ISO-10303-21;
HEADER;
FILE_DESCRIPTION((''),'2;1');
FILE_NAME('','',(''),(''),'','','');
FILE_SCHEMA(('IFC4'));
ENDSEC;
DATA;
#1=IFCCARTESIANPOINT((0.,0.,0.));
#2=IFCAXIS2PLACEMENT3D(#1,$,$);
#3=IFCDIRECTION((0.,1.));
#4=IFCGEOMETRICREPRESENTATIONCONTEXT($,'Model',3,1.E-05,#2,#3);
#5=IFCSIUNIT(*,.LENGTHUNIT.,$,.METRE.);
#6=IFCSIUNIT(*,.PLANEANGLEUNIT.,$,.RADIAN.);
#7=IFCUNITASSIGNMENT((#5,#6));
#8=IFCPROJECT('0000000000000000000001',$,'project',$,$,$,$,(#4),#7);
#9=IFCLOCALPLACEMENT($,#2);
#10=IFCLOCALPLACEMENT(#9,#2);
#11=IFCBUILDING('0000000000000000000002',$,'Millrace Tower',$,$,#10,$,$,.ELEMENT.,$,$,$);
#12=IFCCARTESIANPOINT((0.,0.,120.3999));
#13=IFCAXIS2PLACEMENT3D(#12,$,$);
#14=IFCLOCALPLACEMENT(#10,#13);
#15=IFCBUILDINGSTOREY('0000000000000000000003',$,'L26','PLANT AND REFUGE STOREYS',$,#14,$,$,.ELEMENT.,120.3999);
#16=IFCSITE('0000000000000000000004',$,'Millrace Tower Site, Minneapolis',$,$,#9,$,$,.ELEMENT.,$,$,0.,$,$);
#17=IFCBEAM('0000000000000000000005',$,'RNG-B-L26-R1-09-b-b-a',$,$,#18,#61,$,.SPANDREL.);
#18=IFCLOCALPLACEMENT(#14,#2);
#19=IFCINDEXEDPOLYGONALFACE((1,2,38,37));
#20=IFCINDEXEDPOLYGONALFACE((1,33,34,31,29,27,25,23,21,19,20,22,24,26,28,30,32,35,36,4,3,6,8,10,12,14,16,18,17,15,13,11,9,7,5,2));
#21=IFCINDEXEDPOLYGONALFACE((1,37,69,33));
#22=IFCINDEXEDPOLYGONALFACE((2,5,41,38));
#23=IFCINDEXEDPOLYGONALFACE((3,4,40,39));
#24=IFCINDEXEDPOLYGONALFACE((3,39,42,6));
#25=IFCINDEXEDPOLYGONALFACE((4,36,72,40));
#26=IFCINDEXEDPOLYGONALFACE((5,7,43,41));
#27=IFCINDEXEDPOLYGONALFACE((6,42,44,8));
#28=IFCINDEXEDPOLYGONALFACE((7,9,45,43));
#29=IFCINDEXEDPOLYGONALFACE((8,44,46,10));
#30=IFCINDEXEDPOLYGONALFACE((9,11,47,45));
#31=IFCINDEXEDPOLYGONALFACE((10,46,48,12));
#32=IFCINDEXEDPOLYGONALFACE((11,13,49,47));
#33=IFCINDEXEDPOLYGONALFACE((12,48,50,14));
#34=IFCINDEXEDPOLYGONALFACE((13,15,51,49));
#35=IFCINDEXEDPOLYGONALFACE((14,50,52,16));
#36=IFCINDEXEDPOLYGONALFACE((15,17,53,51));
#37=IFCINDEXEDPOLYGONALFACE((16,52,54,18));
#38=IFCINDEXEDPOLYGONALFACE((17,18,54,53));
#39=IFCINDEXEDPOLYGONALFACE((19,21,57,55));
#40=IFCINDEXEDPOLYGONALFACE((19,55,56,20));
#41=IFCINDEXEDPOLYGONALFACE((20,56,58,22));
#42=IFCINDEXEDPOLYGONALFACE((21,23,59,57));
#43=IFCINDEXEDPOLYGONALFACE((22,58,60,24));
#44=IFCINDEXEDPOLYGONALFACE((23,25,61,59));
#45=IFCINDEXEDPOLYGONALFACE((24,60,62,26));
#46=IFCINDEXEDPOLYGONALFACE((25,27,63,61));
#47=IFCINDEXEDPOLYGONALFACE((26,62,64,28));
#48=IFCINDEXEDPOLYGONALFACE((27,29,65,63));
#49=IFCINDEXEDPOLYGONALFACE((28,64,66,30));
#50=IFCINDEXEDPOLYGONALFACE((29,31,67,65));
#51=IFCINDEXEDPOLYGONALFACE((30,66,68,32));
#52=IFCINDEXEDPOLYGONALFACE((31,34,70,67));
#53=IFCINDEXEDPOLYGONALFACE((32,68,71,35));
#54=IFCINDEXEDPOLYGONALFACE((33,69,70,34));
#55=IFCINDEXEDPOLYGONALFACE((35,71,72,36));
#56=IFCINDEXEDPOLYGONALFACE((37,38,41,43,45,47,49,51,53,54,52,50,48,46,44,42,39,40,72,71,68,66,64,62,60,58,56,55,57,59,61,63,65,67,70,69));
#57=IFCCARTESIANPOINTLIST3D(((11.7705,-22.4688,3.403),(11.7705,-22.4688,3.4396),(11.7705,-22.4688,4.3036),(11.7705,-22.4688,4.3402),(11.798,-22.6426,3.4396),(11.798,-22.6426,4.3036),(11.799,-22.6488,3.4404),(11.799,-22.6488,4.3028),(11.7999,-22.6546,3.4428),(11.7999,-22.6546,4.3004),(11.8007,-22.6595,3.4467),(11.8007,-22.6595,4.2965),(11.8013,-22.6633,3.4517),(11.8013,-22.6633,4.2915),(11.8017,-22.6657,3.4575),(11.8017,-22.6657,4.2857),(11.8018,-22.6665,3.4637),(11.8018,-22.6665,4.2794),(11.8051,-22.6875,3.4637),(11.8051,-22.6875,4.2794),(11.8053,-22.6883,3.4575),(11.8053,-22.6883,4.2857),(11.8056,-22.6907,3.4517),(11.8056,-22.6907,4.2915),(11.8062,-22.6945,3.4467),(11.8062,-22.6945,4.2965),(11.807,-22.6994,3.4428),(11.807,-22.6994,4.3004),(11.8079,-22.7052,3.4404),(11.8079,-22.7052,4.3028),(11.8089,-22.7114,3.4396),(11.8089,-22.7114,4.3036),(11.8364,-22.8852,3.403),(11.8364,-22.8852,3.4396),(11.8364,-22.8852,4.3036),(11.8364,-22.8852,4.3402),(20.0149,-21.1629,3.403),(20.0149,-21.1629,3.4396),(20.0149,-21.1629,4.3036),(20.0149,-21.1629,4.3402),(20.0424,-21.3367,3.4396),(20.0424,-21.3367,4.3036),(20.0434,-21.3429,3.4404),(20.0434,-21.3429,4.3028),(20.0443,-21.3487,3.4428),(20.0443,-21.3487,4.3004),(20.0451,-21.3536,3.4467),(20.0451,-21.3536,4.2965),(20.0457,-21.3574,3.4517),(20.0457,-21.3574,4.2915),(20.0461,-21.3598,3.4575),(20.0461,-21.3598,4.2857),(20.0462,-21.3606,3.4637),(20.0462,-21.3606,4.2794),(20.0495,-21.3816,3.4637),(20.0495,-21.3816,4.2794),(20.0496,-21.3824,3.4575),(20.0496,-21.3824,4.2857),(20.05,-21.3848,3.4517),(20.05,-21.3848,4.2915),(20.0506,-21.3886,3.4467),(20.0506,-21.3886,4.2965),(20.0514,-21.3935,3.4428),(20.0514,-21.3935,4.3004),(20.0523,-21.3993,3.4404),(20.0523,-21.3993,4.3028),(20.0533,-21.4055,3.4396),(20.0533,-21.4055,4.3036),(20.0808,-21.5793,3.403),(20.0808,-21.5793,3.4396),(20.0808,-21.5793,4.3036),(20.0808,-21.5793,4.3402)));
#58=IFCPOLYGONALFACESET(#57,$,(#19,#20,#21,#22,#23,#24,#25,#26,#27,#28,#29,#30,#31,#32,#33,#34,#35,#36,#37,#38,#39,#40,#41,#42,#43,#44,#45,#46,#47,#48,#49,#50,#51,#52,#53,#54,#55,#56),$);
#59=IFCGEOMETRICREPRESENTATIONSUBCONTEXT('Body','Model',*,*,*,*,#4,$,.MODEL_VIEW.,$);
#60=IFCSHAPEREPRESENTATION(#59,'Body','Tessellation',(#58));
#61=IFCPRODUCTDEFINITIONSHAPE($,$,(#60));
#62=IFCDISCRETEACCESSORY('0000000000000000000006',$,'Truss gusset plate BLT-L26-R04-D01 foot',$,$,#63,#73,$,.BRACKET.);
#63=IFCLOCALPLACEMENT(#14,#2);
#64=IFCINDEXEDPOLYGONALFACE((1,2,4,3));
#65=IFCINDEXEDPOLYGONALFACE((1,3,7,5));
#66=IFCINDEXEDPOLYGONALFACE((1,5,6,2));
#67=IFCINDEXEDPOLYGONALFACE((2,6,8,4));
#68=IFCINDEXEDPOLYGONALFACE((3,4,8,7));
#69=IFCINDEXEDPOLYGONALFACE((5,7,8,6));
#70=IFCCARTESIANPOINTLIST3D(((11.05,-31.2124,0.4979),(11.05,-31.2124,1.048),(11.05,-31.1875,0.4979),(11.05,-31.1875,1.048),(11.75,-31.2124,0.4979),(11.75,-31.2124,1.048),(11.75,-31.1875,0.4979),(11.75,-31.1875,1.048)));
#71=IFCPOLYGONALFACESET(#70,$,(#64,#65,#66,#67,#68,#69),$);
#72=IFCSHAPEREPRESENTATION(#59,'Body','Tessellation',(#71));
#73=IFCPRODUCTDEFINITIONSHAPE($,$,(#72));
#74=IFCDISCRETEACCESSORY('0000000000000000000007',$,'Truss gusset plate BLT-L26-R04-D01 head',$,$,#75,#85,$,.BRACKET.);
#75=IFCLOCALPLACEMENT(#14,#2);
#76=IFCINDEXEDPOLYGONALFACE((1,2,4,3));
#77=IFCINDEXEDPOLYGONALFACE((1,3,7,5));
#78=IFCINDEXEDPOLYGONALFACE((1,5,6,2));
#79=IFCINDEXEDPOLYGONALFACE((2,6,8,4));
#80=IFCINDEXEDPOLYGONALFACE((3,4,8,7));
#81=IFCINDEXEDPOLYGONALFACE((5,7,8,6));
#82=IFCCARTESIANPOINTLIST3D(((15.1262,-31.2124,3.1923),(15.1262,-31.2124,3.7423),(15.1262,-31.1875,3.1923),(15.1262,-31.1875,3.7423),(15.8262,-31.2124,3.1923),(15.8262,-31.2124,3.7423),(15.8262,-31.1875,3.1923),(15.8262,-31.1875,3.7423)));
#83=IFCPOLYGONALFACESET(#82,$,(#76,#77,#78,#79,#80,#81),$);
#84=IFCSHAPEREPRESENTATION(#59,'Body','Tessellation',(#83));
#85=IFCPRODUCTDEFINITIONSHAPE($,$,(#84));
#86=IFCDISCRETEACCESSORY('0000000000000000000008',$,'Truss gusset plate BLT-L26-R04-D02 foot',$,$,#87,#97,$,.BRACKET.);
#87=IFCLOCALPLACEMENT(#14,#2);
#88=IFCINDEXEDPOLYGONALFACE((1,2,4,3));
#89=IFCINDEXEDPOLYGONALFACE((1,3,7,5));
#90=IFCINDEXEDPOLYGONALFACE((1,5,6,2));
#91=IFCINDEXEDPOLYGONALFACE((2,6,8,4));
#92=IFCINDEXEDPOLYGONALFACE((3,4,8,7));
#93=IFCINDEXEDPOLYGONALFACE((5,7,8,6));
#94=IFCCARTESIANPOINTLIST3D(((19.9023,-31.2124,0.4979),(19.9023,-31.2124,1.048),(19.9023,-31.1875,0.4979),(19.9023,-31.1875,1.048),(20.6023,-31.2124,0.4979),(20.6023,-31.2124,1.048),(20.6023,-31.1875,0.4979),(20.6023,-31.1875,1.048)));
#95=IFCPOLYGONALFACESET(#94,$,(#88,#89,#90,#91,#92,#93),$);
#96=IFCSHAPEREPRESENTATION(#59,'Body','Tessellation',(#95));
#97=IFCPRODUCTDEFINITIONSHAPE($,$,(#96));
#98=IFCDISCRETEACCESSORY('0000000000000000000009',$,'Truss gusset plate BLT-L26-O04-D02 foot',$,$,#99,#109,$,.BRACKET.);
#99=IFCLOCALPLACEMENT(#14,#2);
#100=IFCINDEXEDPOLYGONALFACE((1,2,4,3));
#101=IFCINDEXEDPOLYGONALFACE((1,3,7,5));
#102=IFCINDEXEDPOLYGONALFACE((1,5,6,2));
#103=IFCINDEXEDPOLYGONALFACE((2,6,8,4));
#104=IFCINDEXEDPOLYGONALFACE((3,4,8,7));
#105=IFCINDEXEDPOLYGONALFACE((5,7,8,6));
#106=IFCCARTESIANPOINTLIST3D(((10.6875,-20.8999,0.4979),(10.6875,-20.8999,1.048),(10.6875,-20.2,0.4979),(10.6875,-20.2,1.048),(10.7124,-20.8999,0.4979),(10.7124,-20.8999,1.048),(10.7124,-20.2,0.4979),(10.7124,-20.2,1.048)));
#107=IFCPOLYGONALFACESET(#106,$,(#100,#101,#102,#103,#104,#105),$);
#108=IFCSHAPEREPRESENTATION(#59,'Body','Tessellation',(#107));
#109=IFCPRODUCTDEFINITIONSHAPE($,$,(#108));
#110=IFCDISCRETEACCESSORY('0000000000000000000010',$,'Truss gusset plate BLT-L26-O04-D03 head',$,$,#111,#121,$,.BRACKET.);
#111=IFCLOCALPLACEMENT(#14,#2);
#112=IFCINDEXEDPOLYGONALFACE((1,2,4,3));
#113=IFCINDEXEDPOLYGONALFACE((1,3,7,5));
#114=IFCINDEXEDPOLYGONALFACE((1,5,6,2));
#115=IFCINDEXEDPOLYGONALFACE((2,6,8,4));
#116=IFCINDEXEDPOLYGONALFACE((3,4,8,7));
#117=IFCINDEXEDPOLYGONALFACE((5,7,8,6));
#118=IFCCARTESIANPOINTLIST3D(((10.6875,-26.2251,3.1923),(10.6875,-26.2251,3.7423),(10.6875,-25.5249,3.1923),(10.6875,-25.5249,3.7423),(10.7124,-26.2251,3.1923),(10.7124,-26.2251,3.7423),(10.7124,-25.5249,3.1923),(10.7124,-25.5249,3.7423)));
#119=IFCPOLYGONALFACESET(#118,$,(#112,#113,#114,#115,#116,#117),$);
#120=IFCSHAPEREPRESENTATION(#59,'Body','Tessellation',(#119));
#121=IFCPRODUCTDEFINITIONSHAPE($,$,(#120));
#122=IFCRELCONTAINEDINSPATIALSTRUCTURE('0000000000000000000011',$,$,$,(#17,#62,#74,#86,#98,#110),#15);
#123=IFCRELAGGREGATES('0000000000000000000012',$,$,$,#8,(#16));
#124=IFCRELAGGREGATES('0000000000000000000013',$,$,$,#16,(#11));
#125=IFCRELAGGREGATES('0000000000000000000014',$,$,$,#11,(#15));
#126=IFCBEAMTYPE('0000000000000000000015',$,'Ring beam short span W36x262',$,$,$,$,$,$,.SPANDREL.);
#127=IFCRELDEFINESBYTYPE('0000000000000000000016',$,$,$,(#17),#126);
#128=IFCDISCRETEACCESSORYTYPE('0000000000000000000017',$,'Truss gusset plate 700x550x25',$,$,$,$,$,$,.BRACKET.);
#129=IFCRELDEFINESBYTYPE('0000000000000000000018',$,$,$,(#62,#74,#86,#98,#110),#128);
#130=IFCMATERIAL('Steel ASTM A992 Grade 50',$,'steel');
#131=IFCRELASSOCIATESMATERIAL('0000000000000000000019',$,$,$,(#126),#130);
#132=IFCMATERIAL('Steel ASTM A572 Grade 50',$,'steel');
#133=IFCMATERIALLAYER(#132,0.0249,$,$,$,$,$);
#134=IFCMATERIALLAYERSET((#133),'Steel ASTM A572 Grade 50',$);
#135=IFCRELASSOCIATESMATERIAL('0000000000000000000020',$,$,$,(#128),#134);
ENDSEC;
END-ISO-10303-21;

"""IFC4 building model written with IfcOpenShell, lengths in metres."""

from ifc_helpers import new_model, si_unit, direction, frame, origin, origin_2d, place, context, subcontext, project, spatial, rectangle, i_section, extrude, material, layer, layer_set, material_profile, profile_set, type_object, element, save


model = new_model("IFC4")

# Units and contexts
model_context = context("Model", 3, precision=1e-05, world=origin(), true_north=direction((0.0, 1.0)))
body_context = subcontext(model_context, "Body", "Model", "MODEL_VIEW")
ifc_project = project(units=[si_unit("LENGTHUNIT", "METRE"), si_unit("PLANEANGLEUNIT", "RADIAN")], contexts=[model_context])

# Site, building, storey
site_placement = place(None, origin())
site = spatial("IfcSite", under=ifc_project, at=site_placement, Name="Millrace Tower Site, Minneapolis", CompositionType="ELEMENT", RefElevation=0.0)
building_placement = place(site_placement, origin())
building = spatial("IfcBuilding", under=site, at=building_placement, Name="Millrace Tower", CompositionType="ELEMENT")
storey_placement = place(building_placement, frame((0.0, 0.0, 120.3999)))
storey = spatial("IfcBuildingStorey", under=building, at=storey_placement, Name="L26", Description="PLANT AND REFUGE STOREYS", CompositionType="ELEMENT", Elevation=120.3999)

# Beam
ifc_material_1 = material(Name="Steel ASTM A992 Grade 50", Category="steel")
ifc_material_profile_1 = material_profile(ifc_material_1, i_section(OverallWidth=0.4216, OverallDepth=0.9373, WebThickness=0.0212, FlangeThickness=0.0366, FilletRadius=0.0242, at=origin_2d()))
ifc_profile_set_1 = profile_set([ifc_material_profile_1], Name="Steel ASTM A992 Grade 50")
beam_type_1 = type_object("IfcBeamType", Name="Ring beam short span W36x262", PredefinedType="SPANDREL", material=ifc_profile_set_1)
beam_1_placement = place(storey_placement, frame((11.8035, -22.677, 3.8716), z_axis=(0.987686, 0.156449, 0.0), x_axis=(-0.156449, 0.987686, 0.0)))
element("IfcBeam", 1, at=beam_1_placement, inside=storey, type_object=beam_type_1, Name="RNG-B-L26-R1-09-b-b-a", PredefinedType="SPANDREL", context=body_context, shape_type="SweptSolid", body=[
    extrude(i_section(OverallWidth=0.4216, OverallDepth=0.9373, WebThickness=0.0212, FlangeThickness=0.0366, FilletRadius=0.0242, at=origin_2d()), origin(), (0.0, 0.0, 1.0), 8.3472),
])

# Discrete accessories
ifc_material_2 = material(Name="Steel ASTM A572 Grade 50", Category="steel")
ifc_layer_1 = layer(ifc_material_2, 0.0249)
ifc_layer_set_1 = layer_set([ifc_layer_1], Name="Steel ASTM A572 Grade 50")
discrete_accessory_type = type_object("IfcDiscreteAccessoryType", Name="Truss gusset plate 700x550x25", PredefinedType="BRACKET", material=ifc_layer_set_1)
for number, where, z_axis, x_axis, name in (
    (2, (11.05, -31.2, 0.7729), (1.0, 0.0, 0.0), (0.0, 1.0, 0.0), "Truss gusset plate BLT-L26-R04-D01 foot"),
    (3, (15.1262, -31.2, 3.4673), (1.0, 0.0, 0.0), (0.0, 1.0, 0.0), "Truss gusset plate BLT-L26-R04-D01 head"),
    (4, (19.9023, -31.2, 0.7729), (1.0, 0.0, 0.0), (0.0, 1.0, 0.0), "Truss gusset plate BLT-L26-R04-D02 foot"),
    (5, (10.7, -20.8999, 0.7729), (0.0, 1.0, 0.0), (-1.0, 0.0, 0.0), "Truss gusset plate BLT-L26-O04-D02 foot"),
):
    element("IfcDiscreteAccessory", number, at=place(storey_placement, frame(where, z_axis=z_axis, x_axis=x_axis)), inside=storey, type_object=discrete_accessory_type, Name=name, PredefinedType="BRACKET", context=body_context, shape_type="SweptSolid", body=[
        extrude(rectangle(XDim=0.0249, YDim=0.55, at=origin_2d()), origin(), (0.0, 0.0, 1.0), 0.7),
    ])
discrete_accessory_placement = place(storey_placement, frame((10.7, -26.2251, 3.4673), z_axis=(0.0, 1.0, 0.0), x_axis=(-1.0, 0.0, 0.0)))
element("IfcDiscreteAccessory", 6, at=discrete_accessory_placement, inside=storey, type_object=discrete_accessory_type, Name="Truss gusset plate BLT-L26-O04-D03 head", PredefinedType="BRACKET", context=body_context, shape_type="SweptSolid", body=[
    extrude(rectangle(XDim=0.0249, YDim=0.55, at=origin_2d()), origin(), (0.0, 0.0, 1.0), 0.7002),
])

save(model, "model.ifc")
